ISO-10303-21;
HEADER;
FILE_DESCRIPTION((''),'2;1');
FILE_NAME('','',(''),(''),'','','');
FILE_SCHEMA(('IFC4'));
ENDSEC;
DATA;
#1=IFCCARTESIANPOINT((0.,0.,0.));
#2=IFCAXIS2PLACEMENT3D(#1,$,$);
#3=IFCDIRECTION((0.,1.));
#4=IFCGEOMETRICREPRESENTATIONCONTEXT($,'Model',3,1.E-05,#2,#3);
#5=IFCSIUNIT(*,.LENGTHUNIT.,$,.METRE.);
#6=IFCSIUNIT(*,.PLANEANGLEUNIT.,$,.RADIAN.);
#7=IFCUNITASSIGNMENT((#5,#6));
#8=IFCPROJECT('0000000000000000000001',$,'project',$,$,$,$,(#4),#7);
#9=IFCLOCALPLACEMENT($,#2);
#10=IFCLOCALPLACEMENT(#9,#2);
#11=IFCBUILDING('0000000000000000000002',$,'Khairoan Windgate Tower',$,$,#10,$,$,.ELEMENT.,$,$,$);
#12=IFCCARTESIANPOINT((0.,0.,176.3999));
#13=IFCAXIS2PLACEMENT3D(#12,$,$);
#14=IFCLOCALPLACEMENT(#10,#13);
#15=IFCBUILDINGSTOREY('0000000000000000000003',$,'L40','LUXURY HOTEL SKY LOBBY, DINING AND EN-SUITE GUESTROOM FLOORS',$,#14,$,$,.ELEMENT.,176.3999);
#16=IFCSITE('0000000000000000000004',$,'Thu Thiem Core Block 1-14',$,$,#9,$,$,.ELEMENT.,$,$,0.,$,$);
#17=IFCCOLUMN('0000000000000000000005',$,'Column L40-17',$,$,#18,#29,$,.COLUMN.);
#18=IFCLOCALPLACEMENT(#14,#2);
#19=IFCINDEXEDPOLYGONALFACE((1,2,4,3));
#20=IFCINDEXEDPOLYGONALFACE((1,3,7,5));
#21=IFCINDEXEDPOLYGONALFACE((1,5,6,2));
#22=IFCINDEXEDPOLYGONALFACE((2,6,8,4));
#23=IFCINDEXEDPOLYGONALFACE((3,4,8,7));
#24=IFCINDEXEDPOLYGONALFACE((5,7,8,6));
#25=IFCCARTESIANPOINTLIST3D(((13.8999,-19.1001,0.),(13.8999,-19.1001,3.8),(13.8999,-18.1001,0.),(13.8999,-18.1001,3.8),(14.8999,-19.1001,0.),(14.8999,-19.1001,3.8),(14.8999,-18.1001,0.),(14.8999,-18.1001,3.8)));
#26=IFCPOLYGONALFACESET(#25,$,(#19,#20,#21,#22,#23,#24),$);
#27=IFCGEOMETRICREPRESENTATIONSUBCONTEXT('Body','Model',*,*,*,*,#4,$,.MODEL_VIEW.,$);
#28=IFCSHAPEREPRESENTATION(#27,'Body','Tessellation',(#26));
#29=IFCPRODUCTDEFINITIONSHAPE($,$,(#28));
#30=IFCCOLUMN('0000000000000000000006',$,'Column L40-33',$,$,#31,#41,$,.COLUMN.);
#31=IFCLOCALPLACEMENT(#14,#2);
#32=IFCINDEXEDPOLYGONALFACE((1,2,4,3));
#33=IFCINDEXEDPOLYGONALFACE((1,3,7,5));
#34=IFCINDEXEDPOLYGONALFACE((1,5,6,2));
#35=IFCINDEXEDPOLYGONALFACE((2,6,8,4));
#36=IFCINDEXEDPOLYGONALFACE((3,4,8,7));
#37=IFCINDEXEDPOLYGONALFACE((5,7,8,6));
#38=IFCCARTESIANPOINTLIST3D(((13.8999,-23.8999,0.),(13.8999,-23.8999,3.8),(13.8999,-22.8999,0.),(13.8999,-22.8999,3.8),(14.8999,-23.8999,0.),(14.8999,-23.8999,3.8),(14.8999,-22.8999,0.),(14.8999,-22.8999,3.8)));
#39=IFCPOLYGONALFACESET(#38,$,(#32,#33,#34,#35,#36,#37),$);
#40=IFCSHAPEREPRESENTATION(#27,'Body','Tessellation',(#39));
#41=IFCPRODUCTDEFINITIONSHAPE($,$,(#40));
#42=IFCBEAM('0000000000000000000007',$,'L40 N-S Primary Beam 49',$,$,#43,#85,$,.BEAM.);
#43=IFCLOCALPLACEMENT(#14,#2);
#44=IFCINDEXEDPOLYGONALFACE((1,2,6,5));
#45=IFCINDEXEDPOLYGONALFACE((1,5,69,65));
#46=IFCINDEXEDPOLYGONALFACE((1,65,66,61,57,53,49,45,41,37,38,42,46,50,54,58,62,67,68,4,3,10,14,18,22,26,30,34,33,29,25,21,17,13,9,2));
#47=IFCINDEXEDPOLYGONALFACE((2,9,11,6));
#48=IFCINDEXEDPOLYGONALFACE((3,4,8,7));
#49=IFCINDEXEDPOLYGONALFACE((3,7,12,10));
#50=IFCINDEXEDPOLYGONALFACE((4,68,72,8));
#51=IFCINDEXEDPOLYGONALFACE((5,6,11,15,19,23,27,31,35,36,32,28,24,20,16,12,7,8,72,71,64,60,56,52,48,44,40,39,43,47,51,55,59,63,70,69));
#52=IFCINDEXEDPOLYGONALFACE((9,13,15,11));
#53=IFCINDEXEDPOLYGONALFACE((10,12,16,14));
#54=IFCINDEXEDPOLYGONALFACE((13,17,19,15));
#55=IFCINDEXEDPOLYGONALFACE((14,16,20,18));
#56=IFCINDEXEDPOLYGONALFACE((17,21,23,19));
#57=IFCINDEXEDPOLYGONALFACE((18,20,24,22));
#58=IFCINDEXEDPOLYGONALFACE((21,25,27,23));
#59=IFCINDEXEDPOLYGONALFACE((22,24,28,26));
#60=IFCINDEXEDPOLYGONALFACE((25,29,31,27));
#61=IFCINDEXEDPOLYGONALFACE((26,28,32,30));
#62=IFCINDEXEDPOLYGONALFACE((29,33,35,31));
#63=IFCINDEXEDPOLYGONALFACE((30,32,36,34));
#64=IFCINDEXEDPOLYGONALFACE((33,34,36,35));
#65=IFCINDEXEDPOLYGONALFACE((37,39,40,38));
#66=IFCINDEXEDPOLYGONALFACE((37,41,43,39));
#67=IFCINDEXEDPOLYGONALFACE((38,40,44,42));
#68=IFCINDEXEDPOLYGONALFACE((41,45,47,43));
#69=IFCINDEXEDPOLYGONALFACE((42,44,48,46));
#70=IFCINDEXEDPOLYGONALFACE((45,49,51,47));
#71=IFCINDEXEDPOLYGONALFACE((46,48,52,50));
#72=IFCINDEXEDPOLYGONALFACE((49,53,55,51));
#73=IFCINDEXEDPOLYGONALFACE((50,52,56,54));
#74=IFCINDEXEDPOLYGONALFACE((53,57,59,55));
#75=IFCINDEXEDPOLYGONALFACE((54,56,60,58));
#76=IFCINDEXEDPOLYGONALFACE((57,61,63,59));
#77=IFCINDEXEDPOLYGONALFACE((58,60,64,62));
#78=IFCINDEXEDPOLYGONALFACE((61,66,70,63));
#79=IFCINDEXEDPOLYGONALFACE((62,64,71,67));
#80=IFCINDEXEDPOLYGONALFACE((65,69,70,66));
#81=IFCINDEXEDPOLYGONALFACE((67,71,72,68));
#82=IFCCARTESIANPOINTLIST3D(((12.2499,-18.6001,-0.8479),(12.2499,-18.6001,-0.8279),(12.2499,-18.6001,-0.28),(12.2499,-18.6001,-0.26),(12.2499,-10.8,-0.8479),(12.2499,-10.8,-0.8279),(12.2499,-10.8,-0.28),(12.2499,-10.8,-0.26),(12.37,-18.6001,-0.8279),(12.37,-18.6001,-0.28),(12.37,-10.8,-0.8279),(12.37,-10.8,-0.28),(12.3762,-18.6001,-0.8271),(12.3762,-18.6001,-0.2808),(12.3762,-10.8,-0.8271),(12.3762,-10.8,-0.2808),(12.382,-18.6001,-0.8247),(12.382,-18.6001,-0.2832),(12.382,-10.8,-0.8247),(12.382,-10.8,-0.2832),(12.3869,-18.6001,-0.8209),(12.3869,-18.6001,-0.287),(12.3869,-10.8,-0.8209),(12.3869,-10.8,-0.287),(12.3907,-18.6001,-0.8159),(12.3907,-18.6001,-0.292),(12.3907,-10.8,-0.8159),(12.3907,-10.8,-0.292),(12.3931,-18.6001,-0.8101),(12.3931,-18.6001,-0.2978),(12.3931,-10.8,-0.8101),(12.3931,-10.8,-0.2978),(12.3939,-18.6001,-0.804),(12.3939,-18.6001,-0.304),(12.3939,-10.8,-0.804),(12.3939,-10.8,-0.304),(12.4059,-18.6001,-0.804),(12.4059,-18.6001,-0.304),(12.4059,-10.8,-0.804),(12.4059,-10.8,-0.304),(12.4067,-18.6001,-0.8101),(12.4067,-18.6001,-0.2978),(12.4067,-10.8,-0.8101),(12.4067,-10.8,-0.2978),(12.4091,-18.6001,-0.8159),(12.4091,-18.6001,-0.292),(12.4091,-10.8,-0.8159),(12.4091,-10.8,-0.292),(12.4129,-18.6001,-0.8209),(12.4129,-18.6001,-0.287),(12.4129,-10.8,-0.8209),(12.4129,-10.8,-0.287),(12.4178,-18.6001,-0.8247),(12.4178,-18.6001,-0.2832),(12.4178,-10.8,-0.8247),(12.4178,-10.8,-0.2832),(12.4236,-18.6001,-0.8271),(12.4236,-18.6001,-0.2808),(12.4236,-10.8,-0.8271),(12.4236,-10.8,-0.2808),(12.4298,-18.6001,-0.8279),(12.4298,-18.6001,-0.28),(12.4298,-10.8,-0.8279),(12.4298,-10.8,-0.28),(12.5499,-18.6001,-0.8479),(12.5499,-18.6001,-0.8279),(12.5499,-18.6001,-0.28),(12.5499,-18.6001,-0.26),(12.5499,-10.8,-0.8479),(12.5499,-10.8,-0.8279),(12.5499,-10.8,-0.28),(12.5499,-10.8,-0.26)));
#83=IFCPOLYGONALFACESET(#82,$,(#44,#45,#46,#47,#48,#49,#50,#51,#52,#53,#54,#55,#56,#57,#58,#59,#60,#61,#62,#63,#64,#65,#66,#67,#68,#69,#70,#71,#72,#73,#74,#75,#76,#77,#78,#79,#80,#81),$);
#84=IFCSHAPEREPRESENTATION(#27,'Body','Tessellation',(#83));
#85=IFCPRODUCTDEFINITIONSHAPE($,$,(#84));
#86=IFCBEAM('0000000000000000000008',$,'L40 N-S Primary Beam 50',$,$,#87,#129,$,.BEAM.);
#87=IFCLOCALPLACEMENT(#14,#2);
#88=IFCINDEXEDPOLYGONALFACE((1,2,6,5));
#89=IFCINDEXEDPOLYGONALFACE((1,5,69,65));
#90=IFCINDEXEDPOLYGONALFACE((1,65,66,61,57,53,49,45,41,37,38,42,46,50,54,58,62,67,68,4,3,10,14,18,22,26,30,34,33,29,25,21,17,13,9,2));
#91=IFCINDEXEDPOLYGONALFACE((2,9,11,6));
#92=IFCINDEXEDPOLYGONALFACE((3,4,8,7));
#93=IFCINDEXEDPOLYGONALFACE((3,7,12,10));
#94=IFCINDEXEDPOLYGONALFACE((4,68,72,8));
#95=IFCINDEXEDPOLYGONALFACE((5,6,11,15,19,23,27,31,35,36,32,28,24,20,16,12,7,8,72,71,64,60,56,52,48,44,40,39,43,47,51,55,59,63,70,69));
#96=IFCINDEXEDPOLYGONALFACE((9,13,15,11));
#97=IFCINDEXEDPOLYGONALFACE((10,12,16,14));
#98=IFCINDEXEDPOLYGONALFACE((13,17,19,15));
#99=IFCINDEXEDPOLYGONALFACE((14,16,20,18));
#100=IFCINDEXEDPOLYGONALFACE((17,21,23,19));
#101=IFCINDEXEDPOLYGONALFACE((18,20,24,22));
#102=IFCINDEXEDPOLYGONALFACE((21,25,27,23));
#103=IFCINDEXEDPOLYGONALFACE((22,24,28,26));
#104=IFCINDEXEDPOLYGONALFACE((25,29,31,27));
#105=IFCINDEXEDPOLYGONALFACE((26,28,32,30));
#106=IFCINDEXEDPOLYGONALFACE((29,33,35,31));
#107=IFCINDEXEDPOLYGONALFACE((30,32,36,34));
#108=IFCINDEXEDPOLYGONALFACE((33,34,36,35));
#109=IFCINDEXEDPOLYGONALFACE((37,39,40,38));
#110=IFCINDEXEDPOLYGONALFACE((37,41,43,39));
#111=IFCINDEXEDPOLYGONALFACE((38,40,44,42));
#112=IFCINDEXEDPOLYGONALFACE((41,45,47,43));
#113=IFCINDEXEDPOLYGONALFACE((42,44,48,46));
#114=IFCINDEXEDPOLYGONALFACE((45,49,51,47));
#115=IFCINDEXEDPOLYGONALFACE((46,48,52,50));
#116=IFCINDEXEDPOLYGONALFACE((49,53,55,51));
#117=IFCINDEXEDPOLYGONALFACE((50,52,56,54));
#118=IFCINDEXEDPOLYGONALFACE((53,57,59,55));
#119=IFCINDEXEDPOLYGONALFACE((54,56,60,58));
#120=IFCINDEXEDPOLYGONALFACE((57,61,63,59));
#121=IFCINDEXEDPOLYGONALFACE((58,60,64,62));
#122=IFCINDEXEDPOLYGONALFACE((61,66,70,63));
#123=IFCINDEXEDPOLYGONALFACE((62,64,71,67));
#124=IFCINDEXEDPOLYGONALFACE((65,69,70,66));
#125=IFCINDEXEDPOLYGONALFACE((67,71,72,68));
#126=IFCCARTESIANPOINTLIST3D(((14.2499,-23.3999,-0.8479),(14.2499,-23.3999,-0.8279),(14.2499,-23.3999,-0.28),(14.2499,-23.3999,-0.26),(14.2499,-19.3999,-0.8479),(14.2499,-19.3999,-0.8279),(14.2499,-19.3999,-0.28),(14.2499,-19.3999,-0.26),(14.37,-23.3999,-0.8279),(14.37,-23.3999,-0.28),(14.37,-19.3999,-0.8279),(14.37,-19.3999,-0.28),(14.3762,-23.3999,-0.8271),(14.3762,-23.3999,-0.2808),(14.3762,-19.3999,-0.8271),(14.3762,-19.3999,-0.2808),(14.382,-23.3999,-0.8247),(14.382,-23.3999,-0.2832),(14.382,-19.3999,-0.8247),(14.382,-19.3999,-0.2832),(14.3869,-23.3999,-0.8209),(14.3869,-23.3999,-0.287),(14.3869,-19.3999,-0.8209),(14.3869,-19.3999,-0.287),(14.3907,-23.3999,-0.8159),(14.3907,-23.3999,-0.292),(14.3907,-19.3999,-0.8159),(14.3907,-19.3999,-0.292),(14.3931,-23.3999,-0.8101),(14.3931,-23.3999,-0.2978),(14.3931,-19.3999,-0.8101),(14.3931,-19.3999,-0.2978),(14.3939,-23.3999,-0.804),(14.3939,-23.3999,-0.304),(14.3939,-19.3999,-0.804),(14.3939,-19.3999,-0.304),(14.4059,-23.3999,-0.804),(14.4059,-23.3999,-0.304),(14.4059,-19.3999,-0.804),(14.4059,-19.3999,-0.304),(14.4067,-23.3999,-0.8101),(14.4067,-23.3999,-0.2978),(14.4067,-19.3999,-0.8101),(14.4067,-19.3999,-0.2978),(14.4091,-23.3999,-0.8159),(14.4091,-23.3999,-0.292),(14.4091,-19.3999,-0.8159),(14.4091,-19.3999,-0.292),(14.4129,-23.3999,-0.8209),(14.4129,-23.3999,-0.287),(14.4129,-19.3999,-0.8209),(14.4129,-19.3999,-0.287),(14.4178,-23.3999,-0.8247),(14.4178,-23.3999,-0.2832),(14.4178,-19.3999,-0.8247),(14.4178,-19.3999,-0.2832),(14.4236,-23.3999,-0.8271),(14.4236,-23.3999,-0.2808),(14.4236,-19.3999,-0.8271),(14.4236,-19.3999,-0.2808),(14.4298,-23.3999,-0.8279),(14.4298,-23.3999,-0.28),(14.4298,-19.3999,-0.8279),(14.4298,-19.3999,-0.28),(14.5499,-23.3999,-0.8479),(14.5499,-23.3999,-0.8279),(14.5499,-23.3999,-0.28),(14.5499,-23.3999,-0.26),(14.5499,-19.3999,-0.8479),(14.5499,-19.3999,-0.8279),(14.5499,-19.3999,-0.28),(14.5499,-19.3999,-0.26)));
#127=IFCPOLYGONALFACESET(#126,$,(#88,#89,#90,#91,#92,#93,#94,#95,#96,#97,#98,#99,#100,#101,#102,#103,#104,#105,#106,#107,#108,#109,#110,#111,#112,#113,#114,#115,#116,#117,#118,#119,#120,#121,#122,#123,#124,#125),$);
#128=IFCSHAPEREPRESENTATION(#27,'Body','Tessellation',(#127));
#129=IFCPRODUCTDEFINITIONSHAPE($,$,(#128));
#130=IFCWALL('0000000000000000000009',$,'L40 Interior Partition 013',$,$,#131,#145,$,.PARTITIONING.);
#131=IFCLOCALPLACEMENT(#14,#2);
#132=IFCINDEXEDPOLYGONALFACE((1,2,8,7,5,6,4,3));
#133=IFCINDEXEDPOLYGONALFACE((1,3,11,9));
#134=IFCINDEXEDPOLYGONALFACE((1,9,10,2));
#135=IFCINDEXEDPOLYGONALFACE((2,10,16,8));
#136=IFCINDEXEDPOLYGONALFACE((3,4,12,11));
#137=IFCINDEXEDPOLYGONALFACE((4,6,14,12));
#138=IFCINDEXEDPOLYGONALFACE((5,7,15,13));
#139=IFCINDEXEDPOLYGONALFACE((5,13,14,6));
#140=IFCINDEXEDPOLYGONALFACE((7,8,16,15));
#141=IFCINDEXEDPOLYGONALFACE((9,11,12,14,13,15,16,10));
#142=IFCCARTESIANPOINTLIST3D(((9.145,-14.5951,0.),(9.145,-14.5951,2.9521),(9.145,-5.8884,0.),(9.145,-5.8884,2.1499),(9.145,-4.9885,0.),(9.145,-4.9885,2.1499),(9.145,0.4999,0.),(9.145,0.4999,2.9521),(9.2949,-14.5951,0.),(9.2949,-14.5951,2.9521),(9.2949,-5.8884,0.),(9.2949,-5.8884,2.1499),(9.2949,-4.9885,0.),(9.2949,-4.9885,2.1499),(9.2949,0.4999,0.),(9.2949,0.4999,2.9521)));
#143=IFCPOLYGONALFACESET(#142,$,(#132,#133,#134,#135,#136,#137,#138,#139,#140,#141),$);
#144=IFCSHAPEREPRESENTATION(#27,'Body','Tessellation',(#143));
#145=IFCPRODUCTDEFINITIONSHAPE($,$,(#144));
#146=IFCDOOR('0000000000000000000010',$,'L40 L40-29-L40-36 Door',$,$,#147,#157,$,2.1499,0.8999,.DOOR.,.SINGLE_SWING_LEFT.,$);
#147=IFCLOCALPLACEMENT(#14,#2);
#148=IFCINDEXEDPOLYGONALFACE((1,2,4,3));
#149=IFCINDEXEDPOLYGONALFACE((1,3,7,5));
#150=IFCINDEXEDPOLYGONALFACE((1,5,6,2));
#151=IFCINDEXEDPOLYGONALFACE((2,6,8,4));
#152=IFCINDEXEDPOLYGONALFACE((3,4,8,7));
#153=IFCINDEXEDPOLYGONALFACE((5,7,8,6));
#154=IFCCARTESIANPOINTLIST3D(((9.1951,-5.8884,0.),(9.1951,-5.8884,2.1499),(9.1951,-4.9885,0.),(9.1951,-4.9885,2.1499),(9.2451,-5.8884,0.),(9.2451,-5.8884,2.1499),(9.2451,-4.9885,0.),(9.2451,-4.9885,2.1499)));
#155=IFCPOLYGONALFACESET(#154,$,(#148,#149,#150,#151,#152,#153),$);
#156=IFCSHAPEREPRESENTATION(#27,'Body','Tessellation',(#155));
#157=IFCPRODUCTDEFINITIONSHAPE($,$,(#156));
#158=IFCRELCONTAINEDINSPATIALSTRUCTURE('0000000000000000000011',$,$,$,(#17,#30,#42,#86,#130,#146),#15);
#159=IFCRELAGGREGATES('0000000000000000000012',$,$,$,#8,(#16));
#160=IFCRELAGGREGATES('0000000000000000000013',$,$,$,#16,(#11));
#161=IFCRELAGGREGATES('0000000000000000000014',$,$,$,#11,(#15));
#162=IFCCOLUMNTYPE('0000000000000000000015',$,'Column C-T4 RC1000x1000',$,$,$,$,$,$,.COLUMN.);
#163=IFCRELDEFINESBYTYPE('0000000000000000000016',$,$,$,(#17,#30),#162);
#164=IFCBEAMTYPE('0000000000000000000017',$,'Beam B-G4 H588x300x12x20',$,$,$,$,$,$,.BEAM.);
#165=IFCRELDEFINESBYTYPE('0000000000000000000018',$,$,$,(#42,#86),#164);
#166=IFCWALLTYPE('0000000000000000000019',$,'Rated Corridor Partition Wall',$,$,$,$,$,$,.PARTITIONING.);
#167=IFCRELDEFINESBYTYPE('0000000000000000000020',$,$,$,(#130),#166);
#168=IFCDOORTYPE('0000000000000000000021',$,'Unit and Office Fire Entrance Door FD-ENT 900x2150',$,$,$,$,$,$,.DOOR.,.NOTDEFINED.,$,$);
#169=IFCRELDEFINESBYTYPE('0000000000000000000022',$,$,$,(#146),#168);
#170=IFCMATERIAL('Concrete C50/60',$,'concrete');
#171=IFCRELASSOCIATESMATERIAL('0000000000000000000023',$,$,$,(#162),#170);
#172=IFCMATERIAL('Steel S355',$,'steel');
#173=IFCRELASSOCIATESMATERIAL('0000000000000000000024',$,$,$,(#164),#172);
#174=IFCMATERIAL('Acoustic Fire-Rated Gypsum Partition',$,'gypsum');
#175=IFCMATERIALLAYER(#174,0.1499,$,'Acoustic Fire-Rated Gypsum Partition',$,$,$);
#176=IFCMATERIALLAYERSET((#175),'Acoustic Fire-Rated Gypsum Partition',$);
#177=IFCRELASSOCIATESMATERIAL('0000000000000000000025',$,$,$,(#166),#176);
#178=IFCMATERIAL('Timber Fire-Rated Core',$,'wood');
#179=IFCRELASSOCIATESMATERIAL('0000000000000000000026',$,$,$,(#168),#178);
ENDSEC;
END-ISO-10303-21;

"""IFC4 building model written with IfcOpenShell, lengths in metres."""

from ifc_helpers import new_model, si_unit, direction, frame, frame_2d, origin, origin_2d, place, context, subcontext, project, spatial, rectangle, i_section, extrude, material, layer, layer_set, material_profile, profile_set, type_object, element, fill, save


model = new_model("IFC4")

# Units and contexts
model_context = context("Model", 3, precision=1e-05, world=origin(), true_north=direction((0.0, 1.0)))
body_context = subcontext(model_context, "Body", "Model", "MODEL_VIEW")
ifc_project = project(units=[si_unit("LENGTHUNIT", "METRE"), si_unit("PLANEANGLEUNIT", "RADIAN")], contexts=[model_context])

# Site, building, storey
site_placement = place(None, origin())
site = spatial("IfcSite", under=ifc_project, at=site_placement, Name="Thu Thiem Core Block 1-14", CompositionType="ELEMENT", RefElevation=0.0)
building_placement = place(site_placement, origin())
building = spatial("IfcBuilding", under=site, at=building_placement, Name="Khairoan Windgate Tower", CompositionType="ELEMENT")
storey_placement = place(building_placement, frame((0.0, 0.0, 176.3999)))
storey = spatial("IfcBuildingStorey", under=building, at=storey_placement, Name="L40", Description="LUXURY HOTEL SKY LOBBY, DINING AND EN-SUITE GUESTROOM FLOORS", CompositionType="ELEMENT", Elevation=176.3999)

# Columns
ifc_material_1 = material(Name="Concrete C50/60", Category="concrete")
ifc_material_profile_1 = material_profile(ifc_material_1, rectangle(XDim=1.0, YDim=1.0, at=origin_2d()))
ifc_profile_set_1 = profile_set([ifc_material_profile_1], Name="Concrete C50/60")
column_type = type_object("IfcColumnType", Name="Column C-T4 RC1000x1000", PredefinedType="COLUMN", material=ifc_profile_set_1)
for number, where, z_axis, x_axis, name in (
    (1, (14.3999, -18.6001, 0.0), (0.0, 0.0, 1.0), (1.0, 0.0, 0.0), "Column L40-17"),
    (2, (14.3999, -23.3999, 0.0), (0.0, 0.0, 1.0), (1.0, 0.0, 0.0), "Column L40-33"),
):
    element("IfcColumn", number, at=place(storey_placement, frame(where, z_axis=z_axis, x_axis=x_axis)), inside=storey, type_object=column_type, Name=name, PredefinedType="COLUMN", context=body_context, shape_type="SweptSolid", body=[
        extrude(rectangle(XDim=1.0, YDim=1.0, at=origin_2d()), origin(), (0.0, 0.0, 1.0), 3.8),
    ])

# Beams
ifc_material_2 = material(Name="Steel S355", Category="steel")
ifc_material_profile_2 = material_profile(ifc_material_2, i_section(OverallWidth=0.3, OverallDepth=0.5879, WebThickness=0.012, FlangeThickness=0.02, FilletRadius=0.0239, at=origin_2d()))
ifc_profile_set_2 = profile_set([ifc_material_profile_2], Name="Steel S355")
beam_type = type_object("IfcBeamType", Name="Beam B-G4 H588x300x12x20", PredefinedType="BEAM", material=ifc_profile_set_2)
beam_1_placement = place(storey_placement, frame((12.3999, -18.6001, -0.554), z_axis=(0.0, 1.0, 0.0), x_axis=(-1.0, 0.0, 0.0)))
element("IfcBeam", 3, at=beam_1_placement, inside=storey, type_object=beam_type, Name="L40 N-S Primary Beam 49", PredefinedType="BEAM", context=body_context, shape_type="SweptSolid", body=[
    extrude(i_section(OverallWidth=0.3, OverallDepth=0.5879, WebThickness=0.012, FlangeThickness=0.02, FilletRadius=0.0239, at=origin_2d()), origin(), (0.0, 0.0, 1.0), 7.8),
])
beam_2_placement = place(storey_placement, frame((14.3999, -23.3999, -0.554), z_axis=(0.0, 1.0, 0.0), x_axis=(-1.0, 0.0, 0.0)))
element("IfcBeam", 4, at=beam_2_placement, inside=storey, type_object=beam_type, Name="L40 N-S Primary Beam 50", PredefinedType="BEAM", context=body_context, shape_type="SweptSolid", body=[
    extrude(i_section(OverallWidth=0.3, OverallDepth=0.5879, WebThickness=0.012, FlangeThickness=0.02, FilletRadius=0.0239, at=origin_2d()), origin(), (0.0, 0.0, 1.0), 4.0),
])

# Wall, opening, door
ifc_material_3 = material(Name="Acoustic Fire-Rated Gypsum Partition", Category="gypsum")
ifc_layer_1 = layer(ifc_material_3, 0.1499, Name="Acoustic Fire-Rated Gypsum Partition")
ifc_layer_set_1 = layer_set([ifc_layer_1], Name="Acoustic Fire-Rated Gypsum Partition")
wall_type_1 = type_object("IfcWallType", Name="Rated Corridor Partition Wall", PredefinedType="PARTITIONING", material=ifc_layer_set_1)
wall_1_placement = place(storey_placement, frame((9.22, -14.595, 0.0), z_axis=(0.0, 0.0, 1.0), x_axis=(0.0, 1.0, 0.0)))
wall_1 = element("IfcWall", 5, at=wall_1_placement, inside=storey, type_object=wall_type_1, Name="L40 Interior Partition 013", PredefinedType="PARTITIONING", context=body_context, shape_type="SweptSolid", body=[
    extrude(rectangle(XDim=15.095, YDim=0.1499, at=frame_2d((7.5474, 0.0))), origin(), (0.0, 0.0, 1.0), 2.9521),
])
opening_1_placement = place(wall_1_placement, frame((8.7065, 0.0, 0.0)))
opening_1 = element("IfcOpeningElement", 6, at=opening_1_placement, cuts=wall_1, PredefinedType="OPENING", context=body_context, shape_type="SweptSolid", body=[
    extrude(rectangle(XDim=0.8999, YDim=2.1499, at=frame_2d((0.45, 1.075))), frame((0.0, 0.085, 0.0), z_axis=(0.0, -1.0, 0.0), x_axis=(1.0, 0.0, 0.0)), (0.0, 0.0, 1.0), 0.1699),
])
ifc_material_4 = material(Name="Timber Fire-Rated Core", Category="wood")
door_type_1 = type_object("IfcDoorType", Name="Unit and Office Fire Entrance Door FD-ENT 900x2150", OperationType="NOTDEFINED", PredefinedType="DOOR", material=ifc_material_4)
door_1_placement = place(opening_1_placement, origin())
door_1 = element("IfcDoor", 7, at=door_1_placement, inside=storey, type_object=door_type_1, Name="L40 L40-29-L40-36 Door", OperationType="SINGLE_SWING_LEFT", OverallHeight=2.1499, OverallWidth=0.8999, PredefinedType="DOOR", context=body_context, shape_type="SweptSolid", body=[
    extrude(rectangle(XDim=0.8999, YDim=2.1499, at=frame_2d((0.45, 1.075))), frame((0.0, 0.0249, 0.0), z_axis=(0.0, -1.0, 0.0), x_axis=(1.0, 0.0, 0.0)), (0.0, 0.0, 1.0), 0.05),
])
fill(opening_1, door_1)

save(model, "model.ifc")
